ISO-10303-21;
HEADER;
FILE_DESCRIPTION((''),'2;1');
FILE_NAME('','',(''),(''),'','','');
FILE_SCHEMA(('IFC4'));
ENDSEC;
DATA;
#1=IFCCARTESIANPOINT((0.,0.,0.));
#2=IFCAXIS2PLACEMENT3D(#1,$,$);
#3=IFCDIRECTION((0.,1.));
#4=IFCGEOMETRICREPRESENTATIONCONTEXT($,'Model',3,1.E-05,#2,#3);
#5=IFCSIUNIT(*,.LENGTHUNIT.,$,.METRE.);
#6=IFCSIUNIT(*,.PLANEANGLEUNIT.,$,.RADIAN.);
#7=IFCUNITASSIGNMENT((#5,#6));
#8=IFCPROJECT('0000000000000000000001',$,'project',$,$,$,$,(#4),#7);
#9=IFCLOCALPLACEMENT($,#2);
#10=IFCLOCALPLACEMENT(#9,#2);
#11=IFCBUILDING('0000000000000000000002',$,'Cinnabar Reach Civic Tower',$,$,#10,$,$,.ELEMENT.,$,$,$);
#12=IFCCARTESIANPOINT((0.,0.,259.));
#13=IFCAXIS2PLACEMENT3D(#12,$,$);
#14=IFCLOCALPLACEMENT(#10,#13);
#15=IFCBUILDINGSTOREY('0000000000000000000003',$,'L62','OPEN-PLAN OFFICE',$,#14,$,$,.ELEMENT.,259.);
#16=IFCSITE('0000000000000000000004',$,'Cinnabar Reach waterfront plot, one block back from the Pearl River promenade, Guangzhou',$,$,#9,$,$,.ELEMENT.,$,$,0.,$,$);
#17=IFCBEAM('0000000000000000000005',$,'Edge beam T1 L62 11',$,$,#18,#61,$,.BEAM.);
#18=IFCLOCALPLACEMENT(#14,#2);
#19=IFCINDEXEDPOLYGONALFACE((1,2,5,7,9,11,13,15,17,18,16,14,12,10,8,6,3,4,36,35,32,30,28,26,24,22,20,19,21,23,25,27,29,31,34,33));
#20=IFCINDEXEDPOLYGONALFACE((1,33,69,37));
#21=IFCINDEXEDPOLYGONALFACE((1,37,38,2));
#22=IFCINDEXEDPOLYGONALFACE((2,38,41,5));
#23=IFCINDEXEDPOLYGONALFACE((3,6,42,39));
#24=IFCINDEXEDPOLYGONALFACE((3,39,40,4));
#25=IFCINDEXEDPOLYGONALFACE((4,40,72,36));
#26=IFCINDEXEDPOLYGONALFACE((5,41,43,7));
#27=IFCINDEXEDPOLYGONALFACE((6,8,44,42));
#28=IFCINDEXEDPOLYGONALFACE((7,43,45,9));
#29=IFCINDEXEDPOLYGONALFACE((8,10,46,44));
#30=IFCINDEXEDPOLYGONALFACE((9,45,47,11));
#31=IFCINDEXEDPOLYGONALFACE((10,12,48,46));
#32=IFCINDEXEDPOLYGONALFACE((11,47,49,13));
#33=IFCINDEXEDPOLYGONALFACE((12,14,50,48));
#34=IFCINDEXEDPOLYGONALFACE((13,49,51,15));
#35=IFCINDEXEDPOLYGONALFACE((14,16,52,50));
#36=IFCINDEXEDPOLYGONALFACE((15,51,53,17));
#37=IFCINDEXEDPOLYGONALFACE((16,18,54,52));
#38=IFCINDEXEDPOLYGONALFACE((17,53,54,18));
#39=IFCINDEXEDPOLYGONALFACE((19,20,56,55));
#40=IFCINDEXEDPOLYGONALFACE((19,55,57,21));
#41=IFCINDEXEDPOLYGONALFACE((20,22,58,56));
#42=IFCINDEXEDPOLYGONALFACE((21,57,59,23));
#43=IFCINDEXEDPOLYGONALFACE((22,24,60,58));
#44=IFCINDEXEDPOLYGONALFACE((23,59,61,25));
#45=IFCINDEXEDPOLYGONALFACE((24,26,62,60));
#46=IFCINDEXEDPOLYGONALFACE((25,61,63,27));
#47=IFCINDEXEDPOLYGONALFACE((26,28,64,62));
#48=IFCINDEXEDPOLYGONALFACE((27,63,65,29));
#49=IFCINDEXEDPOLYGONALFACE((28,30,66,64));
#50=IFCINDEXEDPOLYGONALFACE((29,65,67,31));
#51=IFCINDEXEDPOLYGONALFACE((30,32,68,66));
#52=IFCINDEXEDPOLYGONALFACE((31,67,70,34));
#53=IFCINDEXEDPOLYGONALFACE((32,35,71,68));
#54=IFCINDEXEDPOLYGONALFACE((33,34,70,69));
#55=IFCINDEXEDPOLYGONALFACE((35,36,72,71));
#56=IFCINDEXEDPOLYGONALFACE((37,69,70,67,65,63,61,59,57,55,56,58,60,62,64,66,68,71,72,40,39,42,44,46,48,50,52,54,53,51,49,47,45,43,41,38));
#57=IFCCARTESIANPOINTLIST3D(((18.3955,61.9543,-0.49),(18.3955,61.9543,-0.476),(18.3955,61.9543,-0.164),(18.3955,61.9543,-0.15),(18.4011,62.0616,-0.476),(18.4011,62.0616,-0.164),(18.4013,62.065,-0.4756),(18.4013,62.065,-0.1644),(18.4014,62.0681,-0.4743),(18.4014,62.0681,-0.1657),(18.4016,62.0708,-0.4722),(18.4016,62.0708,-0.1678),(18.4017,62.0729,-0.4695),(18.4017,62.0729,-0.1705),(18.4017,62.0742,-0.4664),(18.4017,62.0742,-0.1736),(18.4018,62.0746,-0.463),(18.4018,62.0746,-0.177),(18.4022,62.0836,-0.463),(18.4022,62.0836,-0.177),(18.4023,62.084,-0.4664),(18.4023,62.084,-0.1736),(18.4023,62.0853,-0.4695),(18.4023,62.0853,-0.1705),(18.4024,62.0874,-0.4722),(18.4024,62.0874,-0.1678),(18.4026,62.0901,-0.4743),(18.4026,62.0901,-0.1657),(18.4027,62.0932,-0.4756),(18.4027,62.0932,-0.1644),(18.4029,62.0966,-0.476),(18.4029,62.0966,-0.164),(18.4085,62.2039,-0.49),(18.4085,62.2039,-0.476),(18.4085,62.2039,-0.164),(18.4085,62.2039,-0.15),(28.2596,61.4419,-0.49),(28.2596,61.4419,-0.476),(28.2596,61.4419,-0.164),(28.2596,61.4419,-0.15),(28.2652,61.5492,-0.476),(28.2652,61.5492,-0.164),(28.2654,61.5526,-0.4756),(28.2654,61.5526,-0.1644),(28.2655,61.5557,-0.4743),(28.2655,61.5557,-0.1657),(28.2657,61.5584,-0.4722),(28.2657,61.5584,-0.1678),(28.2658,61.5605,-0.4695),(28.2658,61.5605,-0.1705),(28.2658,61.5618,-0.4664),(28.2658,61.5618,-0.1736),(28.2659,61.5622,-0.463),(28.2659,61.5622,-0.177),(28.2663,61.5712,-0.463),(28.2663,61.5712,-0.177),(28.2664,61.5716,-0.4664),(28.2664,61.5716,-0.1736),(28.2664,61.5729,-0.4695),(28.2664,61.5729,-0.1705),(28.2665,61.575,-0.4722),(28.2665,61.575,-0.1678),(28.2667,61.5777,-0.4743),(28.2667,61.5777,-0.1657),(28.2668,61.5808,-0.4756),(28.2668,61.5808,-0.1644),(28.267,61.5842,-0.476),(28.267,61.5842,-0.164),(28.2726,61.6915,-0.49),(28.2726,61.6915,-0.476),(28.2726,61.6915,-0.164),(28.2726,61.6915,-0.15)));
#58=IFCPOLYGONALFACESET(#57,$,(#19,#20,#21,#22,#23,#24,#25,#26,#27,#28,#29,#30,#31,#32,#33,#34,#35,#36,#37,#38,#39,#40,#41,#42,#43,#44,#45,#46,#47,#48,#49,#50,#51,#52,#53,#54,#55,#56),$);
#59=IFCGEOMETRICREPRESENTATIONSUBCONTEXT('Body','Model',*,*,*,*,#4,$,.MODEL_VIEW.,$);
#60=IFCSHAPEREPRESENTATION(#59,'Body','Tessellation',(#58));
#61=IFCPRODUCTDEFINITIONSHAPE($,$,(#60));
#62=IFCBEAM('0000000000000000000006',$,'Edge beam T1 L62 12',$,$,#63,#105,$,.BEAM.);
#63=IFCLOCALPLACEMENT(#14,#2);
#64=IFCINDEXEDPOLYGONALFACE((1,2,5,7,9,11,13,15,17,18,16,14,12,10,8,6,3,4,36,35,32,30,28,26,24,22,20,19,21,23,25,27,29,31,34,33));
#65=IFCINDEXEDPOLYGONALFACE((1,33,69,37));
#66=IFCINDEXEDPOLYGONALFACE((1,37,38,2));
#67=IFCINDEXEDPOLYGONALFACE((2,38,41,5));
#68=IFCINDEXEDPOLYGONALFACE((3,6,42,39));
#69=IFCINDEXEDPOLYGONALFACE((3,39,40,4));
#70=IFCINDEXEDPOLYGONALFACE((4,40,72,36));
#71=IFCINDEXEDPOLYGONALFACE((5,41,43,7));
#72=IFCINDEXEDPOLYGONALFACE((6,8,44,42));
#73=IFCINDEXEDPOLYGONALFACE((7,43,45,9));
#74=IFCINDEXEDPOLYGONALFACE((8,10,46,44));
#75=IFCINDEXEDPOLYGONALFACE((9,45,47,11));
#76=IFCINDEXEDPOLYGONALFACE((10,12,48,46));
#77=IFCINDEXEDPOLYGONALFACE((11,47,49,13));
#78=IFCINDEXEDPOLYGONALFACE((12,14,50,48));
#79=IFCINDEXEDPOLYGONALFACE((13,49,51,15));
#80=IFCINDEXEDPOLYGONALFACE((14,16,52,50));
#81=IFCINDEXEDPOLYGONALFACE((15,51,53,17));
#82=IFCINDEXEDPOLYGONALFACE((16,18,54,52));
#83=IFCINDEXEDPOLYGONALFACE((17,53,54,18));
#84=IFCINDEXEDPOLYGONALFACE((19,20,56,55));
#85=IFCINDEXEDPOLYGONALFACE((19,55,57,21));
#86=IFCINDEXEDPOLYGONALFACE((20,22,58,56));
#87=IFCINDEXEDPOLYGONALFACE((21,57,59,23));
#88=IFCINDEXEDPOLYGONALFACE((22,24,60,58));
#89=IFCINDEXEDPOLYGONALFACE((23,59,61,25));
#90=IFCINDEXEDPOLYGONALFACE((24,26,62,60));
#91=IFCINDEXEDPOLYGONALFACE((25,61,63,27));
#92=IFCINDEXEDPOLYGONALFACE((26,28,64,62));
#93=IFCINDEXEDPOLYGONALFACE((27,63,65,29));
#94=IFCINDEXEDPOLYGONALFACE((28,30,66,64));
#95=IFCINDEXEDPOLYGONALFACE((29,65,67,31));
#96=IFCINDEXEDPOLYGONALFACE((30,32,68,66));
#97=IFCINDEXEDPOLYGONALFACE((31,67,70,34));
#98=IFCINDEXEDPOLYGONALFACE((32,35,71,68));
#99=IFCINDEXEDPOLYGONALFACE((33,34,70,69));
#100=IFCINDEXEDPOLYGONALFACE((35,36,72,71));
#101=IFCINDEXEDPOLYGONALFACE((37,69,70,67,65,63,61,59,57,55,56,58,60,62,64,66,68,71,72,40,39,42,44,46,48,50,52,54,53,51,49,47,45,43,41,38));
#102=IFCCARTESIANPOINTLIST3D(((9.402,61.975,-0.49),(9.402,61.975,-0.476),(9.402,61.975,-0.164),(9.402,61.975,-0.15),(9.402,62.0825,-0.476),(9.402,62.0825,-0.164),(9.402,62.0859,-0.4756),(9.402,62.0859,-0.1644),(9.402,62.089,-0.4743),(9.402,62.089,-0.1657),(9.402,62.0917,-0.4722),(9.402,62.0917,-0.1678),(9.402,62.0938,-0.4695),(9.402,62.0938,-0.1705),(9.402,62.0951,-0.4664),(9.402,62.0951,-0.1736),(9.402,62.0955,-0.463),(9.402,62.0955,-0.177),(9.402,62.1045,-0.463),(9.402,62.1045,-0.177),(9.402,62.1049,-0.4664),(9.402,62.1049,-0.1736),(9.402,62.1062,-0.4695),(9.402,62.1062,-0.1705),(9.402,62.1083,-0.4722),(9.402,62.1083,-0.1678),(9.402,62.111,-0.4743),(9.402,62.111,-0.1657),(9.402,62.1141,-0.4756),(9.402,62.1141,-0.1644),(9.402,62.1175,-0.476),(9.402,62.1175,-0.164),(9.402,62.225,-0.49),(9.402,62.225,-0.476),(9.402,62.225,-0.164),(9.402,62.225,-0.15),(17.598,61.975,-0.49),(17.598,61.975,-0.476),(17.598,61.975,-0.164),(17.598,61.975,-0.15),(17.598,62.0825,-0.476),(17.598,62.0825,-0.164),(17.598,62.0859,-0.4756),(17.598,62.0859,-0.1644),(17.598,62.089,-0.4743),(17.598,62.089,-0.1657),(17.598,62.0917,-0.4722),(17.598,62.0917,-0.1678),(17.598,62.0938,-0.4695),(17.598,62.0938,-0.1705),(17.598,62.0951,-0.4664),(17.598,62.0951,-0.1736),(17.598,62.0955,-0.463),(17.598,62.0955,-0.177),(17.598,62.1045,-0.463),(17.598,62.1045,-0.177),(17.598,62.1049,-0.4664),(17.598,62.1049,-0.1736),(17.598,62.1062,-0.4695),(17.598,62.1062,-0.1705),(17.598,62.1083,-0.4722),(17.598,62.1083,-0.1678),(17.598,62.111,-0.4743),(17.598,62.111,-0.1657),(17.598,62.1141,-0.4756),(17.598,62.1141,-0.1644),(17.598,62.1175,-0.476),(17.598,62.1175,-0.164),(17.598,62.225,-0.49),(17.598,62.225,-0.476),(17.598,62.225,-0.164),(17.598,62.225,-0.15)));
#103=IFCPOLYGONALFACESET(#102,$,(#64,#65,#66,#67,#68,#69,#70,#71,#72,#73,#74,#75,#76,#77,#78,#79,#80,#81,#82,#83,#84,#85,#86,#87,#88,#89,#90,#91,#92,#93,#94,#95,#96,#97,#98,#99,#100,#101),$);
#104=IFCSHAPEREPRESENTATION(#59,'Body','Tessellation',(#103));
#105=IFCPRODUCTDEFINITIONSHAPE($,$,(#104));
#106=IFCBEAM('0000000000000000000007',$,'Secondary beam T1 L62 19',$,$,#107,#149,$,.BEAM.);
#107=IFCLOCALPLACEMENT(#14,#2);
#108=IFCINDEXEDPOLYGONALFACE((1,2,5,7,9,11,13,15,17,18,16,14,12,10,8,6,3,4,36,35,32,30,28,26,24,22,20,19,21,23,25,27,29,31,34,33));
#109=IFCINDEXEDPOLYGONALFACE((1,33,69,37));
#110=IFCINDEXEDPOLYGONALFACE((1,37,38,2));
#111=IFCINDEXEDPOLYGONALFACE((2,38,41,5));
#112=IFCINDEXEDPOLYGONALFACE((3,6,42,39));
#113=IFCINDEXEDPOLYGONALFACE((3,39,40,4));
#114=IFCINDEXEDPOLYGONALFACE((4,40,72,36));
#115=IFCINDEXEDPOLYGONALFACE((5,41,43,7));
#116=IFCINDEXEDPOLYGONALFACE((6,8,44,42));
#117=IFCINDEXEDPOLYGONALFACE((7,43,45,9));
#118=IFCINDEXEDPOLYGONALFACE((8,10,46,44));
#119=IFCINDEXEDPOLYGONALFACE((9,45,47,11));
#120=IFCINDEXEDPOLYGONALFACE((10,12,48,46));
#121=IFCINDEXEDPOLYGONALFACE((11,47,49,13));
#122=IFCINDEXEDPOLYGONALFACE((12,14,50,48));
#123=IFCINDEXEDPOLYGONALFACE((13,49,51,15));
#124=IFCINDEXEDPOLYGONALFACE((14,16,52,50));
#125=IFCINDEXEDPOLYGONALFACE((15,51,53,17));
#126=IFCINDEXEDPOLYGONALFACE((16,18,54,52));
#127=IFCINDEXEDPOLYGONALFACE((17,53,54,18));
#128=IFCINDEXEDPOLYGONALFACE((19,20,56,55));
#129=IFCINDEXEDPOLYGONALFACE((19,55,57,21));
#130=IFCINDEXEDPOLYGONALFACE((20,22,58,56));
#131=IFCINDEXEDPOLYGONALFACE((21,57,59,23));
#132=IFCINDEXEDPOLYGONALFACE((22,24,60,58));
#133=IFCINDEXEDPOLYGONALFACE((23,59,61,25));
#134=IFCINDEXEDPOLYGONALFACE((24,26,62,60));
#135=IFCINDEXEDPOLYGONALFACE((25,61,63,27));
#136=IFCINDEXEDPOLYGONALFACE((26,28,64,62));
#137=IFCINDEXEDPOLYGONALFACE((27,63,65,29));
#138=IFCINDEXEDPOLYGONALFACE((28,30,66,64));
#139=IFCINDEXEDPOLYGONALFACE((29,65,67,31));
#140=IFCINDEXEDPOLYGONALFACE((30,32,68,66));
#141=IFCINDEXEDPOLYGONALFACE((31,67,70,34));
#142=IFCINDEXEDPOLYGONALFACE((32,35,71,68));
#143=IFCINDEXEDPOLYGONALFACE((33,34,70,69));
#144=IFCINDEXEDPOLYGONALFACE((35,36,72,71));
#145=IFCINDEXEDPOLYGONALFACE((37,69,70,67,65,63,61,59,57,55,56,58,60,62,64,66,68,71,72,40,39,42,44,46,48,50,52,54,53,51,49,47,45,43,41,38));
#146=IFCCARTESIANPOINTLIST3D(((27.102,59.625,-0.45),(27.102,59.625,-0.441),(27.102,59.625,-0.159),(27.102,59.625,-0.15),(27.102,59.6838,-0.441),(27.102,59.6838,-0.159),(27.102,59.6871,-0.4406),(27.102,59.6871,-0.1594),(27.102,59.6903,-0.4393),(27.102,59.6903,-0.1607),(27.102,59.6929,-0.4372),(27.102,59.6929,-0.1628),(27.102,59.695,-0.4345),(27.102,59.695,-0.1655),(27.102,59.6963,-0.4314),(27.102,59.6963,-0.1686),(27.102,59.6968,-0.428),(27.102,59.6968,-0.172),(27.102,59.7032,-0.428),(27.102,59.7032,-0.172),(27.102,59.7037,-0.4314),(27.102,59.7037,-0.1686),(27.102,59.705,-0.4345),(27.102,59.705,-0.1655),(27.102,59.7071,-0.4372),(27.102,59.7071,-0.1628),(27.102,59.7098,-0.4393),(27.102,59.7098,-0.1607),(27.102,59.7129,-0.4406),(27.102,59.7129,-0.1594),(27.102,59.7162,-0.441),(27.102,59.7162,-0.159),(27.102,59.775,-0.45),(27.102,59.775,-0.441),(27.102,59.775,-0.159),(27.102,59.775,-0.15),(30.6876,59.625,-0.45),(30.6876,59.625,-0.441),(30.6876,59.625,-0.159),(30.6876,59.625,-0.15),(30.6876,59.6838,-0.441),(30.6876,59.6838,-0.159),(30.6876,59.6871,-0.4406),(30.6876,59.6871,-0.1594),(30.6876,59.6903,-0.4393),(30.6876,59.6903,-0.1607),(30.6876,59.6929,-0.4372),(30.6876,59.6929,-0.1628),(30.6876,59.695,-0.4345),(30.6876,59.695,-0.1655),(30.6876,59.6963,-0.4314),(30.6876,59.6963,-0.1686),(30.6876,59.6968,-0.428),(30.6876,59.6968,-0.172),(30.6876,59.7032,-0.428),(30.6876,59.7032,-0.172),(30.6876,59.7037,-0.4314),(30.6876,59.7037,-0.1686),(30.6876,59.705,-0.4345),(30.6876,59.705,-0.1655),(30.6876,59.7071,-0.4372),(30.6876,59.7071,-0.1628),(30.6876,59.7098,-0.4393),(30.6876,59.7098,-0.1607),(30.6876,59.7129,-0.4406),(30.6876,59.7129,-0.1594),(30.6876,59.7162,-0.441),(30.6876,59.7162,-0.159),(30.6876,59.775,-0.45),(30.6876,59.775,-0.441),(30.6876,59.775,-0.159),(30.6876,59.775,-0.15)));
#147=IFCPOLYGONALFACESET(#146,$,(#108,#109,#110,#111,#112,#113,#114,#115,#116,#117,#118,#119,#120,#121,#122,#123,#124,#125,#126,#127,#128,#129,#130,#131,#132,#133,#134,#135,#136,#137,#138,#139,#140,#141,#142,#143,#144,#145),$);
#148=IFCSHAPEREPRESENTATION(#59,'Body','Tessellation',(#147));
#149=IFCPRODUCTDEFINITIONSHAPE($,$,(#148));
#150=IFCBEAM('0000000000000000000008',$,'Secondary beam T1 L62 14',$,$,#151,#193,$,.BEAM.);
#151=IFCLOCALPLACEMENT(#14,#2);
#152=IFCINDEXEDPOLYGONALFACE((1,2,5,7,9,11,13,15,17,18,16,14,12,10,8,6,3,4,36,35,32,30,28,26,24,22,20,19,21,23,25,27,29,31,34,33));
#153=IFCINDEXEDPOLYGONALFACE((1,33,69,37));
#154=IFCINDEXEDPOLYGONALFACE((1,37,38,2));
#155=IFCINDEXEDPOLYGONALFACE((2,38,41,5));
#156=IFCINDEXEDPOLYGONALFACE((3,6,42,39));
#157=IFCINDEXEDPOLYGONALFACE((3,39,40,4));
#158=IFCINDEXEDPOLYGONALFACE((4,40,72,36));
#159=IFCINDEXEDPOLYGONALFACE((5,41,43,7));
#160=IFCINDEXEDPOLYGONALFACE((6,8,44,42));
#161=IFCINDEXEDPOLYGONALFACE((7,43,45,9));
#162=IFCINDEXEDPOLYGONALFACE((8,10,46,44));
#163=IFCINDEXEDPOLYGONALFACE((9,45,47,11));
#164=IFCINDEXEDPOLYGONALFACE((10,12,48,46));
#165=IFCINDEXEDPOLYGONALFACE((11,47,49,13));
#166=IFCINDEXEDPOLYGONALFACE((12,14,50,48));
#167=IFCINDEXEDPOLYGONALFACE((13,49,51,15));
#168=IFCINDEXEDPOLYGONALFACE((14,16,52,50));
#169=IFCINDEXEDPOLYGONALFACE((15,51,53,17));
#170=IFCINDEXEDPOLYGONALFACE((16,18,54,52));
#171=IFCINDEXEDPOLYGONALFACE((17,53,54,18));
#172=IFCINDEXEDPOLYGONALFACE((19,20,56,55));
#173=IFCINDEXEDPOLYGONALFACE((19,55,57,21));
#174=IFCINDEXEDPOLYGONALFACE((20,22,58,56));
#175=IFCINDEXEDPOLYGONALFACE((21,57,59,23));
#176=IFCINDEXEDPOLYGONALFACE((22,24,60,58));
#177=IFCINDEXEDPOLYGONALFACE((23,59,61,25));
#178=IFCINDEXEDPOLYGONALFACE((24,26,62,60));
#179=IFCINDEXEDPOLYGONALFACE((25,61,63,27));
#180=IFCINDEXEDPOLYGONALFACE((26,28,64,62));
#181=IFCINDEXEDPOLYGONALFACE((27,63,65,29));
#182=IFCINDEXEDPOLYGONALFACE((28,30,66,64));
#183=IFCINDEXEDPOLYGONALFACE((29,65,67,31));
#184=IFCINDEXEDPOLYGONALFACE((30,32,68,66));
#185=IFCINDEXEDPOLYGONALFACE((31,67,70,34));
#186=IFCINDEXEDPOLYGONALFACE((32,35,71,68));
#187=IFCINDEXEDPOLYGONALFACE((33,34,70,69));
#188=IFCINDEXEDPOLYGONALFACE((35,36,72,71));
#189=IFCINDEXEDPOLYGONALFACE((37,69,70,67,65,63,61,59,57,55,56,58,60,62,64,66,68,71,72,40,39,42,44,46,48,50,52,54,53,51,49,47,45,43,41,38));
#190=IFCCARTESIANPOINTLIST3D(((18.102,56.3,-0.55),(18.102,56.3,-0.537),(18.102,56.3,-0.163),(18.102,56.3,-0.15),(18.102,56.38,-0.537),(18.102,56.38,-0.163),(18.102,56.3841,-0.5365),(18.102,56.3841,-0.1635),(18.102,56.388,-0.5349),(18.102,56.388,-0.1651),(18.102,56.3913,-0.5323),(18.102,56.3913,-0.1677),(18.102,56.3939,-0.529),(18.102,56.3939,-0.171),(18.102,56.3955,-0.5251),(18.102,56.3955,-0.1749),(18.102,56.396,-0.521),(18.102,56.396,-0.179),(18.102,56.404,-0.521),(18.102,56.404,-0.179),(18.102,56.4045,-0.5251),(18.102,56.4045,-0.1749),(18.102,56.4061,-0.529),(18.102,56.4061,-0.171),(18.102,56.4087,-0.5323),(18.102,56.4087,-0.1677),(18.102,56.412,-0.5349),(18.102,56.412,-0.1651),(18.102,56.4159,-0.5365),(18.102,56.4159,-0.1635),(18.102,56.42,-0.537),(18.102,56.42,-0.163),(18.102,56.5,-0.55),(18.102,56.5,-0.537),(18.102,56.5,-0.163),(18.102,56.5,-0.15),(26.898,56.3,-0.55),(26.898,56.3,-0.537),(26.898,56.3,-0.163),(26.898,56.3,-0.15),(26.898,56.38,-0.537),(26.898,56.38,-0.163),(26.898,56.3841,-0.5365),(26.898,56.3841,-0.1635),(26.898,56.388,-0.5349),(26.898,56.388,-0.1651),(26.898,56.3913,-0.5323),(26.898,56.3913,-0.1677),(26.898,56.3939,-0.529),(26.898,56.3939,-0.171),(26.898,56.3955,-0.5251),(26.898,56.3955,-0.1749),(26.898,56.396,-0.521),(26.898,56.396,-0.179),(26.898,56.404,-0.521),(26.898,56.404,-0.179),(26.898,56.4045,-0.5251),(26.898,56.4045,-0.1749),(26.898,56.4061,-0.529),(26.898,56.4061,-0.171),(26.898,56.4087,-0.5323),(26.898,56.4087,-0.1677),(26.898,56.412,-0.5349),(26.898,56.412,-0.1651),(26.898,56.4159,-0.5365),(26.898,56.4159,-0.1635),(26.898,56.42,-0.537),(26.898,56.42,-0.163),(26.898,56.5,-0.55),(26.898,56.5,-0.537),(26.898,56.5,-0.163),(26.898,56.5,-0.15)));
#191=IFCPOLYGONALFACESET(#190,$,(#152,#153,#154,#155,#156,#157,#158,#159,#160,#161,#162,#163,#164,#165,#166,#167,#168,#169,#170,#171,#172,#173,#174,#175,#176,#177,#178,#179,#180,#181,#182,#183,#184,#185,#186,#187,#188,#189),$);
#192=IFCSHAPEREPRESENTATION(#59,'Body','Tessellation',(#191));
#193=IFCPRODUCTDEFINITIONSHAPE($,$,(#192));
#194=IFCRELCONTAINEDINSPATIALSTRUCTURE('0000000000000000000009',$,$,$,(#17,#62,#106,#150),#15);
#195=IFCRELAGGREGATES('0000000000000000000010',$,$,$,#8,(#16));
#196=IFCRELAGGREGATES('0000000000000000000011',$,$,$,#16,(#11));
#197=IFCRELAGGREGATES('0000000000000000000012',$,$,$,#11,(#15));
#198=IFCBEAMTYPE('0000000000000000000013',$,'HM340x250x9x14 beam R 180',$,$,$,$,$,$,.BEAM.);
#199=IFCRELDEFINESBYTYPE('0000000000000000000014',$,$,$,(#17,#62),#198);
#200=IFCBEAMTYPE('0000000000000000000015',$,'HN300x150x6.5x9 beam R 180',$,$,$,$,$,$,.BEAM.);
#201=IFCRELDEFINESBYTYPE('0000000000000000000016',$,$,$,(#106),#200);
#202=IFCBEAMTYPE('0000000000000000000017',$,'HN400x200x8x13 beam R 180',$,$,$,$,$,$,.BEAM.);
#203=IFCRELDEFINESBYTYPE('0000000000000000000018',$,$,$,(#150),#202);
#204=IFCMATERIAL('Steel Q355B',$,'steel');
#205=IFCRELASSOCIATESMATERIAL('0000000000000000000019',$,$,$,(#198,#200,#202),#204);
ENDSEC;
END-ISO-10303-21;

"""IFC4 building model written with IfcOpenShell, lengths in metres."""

from ifc_helpers import new_model, si_unit, direction, frame, origin, origin_2d, place, context, subcontext, project, spatial, i_section, extrude, material, material_profile, profile_set, type_object, element, save


model = new_model("IFC4")

# Units and contexts
model_context = context("Model", 3, precision=1e-05, world=origin(), true_north=direction((0.0, 1.0)))
body_context = subcontext(model_context, "Body", "Model", "MODEL_VIEW")
ifc_project = project(units=[si_unit("LENGTHUNIT", "METRE"), si_unit("PLANEANGLEUNIT", "RADIAN")], contexts=[model_context])

# Site, building, storey
site_placement = place(None, origin())
site = spatial("IfcSite", under=ifc_project, at=site_placement, Name="Cinnabar Reach waterfront plot, one block back from the Pearl River promenade, Guangzhou", CompositionType="ELEMENT", RefElevation=0.0)
building_placement = place(site_placement, origin())
building = spatial("IfcBuilding", under=site, at=building_placement, Name="Cinnabar Reach Civic Tower", CompositionType="ELEMENT")
storey_placement = place(building_placement, frame((0.0, 0.0, 259.0)))
storey = spatial("IfcBuildingStorey", under=building, at=storey_placement, Name="L62", Description="OPEN-PLAN OFFICE", CompositionType="ELEMENT", Elevation=259.0)

# Beams
ifc_material_1 = material(Name="Steel Q355B", Category="steel")
ifc_material_profile_1 = material_profile(ifc_material_1, i_section(OverallWidth=0.25, OverallDepth=0.34, WebThickness=0.009, FlangeThickness=0.014, FilletRadius=0.013, at=origin_2d()), Name="HM340x250x9x14")
ifc_profile_set_1 = profile_set([ifc_material_profile_1], Name="Steel Q355B")
beam_type_1 = type_object("IfcBeamType", Name="HM340x250x9x14 beam R 180", PredefinedType="BEAM", material=ifc_profile_set_1)
beam_1_placement = place(storey_placement, frame((28.2661, 61.5667, -0.32), z_axis=(-0.998654, 0.051876, 0.0), x_axis=(-0.051876, -0.998654, 0.0)))
element("IfcBeam", 1, at=beam_1_placement, inside=storey, type_object=beam_type_1, Name="Edge beam T1 L62 11", PredefinedType="BEAM", context=body_context, shape_type="SweptSolid", body=[
    extrude(i_section(OverallWidth=0.25, OverallDepth=0.34, WebThickness=0.009, FlangeThickness=0.014, FilletRadius=0.013, at=origin_2d()), origin(), (0.0, 0.0, 1.0), 9.8774),
])
beam_2_placement = place(storey_placement, frame((17.598, 62.1, -0.32), z_axis=(-1.0, 0.0, 0.0), x_axis=(0.0, -1.0, 0.0)))
element("IfcBeam", 2, at=beam_2_placement, inside=storey, type_object=beam_type_1, Name="Edge beam T1 L62 12", PredefinedType="BEAM", context=body_context, shape_type="SweptSolid", body=[
    extrude(i_section(OverallWidth=0.25, OverallDepth=0.34, WebThickness=0.009, FlangeThickness=0.014, FilletRadius=0.013, at=origin_2d()), origin(), (0.0, 0.0, 1.0), 8.196),
])
ifc_material_profile_2 = material_profile(ifc_material_1, i_section(OverallWidth=0.15, OverallDepth=0.3, WebThickness=0.0065, FlangeThickness=0.009, FilletRadius=0.013, at=origin_2d()), Name="HN300x150x6.5x9")
ifc_profile_set_2 = profile_set([ifc_material_profile_2], Name="Steel Q355B")
beam_type_2 = type_object("IfcBeamType", Name="HN300x150x6.5x9 beam R 180", PredefinedType="BEAM", material=ifc_profile_set_2)
beam_3_placement = place(storey_placement, frame((27.102, 59.7, -0.3), z_axis=(1.0, 0.0, 0.0), x_axis=(0.0, 1.0, 0.0)))
element("IfcBeam", 3, at=beam_3_placement, inside=storey, type_object=beam_type_2, Name="Secondary beam T1 L62 19", PredefinedType="BEAM", context=body_context, shape_type="SweptSolid", body=[
    extrude(i_section(OverallWidth=0.15, OverallDepth=0.3, WebThickness=0.0065, FlangeThickness=0.009, FilletRadius=0.013, at=origin_2d()), origin(), (0.0, 0.0, 1.0), 3.5856),
])
ifc_material_profile_3 = material_profile(ifc_material_1, i_section(OverallWidth=0.2, OverallDepth=0.4, WebThickness=0.008, FlangeThickness=0.013, FilletRadius=0.016, at=origin_2d()), Name="HN400x200x8x13")
ifc_profile_set_3 = profile_set([ifc_material_profile_3], Name="Steel Q355B")
beam_type_3 = type_object("IfcBeamType", Name="HN400x200x8x13 beam R 180", PredefinedType="BEAM", material=ifc_profile_set_3)
beam_4_placement = place(storey_placement, frame((18.102, 56.4, -0.35), z_axis=(1.0, 0.0, 0.0), x_axis=(0.0, 1.0, 0.0)))
element("IfcBeam", 4, at=beam_4_placement, inside=storey, type_object=beam_type_3, Name="Secondary beam T1 L62 14", PredefinedType="BEAM", context=body_context, shape_type="SweptSolid", body=[
    extrude(i_section(OverallWidth=0.2, OverallDepth=0.4, WebThickness=0.008, FlangeThickness=0.013, FilletRadius=0.016, at=origin_2d()), origin(), (0.0, 0.0, 1.0), 8.796),
])

save(model, "model.ifc")
